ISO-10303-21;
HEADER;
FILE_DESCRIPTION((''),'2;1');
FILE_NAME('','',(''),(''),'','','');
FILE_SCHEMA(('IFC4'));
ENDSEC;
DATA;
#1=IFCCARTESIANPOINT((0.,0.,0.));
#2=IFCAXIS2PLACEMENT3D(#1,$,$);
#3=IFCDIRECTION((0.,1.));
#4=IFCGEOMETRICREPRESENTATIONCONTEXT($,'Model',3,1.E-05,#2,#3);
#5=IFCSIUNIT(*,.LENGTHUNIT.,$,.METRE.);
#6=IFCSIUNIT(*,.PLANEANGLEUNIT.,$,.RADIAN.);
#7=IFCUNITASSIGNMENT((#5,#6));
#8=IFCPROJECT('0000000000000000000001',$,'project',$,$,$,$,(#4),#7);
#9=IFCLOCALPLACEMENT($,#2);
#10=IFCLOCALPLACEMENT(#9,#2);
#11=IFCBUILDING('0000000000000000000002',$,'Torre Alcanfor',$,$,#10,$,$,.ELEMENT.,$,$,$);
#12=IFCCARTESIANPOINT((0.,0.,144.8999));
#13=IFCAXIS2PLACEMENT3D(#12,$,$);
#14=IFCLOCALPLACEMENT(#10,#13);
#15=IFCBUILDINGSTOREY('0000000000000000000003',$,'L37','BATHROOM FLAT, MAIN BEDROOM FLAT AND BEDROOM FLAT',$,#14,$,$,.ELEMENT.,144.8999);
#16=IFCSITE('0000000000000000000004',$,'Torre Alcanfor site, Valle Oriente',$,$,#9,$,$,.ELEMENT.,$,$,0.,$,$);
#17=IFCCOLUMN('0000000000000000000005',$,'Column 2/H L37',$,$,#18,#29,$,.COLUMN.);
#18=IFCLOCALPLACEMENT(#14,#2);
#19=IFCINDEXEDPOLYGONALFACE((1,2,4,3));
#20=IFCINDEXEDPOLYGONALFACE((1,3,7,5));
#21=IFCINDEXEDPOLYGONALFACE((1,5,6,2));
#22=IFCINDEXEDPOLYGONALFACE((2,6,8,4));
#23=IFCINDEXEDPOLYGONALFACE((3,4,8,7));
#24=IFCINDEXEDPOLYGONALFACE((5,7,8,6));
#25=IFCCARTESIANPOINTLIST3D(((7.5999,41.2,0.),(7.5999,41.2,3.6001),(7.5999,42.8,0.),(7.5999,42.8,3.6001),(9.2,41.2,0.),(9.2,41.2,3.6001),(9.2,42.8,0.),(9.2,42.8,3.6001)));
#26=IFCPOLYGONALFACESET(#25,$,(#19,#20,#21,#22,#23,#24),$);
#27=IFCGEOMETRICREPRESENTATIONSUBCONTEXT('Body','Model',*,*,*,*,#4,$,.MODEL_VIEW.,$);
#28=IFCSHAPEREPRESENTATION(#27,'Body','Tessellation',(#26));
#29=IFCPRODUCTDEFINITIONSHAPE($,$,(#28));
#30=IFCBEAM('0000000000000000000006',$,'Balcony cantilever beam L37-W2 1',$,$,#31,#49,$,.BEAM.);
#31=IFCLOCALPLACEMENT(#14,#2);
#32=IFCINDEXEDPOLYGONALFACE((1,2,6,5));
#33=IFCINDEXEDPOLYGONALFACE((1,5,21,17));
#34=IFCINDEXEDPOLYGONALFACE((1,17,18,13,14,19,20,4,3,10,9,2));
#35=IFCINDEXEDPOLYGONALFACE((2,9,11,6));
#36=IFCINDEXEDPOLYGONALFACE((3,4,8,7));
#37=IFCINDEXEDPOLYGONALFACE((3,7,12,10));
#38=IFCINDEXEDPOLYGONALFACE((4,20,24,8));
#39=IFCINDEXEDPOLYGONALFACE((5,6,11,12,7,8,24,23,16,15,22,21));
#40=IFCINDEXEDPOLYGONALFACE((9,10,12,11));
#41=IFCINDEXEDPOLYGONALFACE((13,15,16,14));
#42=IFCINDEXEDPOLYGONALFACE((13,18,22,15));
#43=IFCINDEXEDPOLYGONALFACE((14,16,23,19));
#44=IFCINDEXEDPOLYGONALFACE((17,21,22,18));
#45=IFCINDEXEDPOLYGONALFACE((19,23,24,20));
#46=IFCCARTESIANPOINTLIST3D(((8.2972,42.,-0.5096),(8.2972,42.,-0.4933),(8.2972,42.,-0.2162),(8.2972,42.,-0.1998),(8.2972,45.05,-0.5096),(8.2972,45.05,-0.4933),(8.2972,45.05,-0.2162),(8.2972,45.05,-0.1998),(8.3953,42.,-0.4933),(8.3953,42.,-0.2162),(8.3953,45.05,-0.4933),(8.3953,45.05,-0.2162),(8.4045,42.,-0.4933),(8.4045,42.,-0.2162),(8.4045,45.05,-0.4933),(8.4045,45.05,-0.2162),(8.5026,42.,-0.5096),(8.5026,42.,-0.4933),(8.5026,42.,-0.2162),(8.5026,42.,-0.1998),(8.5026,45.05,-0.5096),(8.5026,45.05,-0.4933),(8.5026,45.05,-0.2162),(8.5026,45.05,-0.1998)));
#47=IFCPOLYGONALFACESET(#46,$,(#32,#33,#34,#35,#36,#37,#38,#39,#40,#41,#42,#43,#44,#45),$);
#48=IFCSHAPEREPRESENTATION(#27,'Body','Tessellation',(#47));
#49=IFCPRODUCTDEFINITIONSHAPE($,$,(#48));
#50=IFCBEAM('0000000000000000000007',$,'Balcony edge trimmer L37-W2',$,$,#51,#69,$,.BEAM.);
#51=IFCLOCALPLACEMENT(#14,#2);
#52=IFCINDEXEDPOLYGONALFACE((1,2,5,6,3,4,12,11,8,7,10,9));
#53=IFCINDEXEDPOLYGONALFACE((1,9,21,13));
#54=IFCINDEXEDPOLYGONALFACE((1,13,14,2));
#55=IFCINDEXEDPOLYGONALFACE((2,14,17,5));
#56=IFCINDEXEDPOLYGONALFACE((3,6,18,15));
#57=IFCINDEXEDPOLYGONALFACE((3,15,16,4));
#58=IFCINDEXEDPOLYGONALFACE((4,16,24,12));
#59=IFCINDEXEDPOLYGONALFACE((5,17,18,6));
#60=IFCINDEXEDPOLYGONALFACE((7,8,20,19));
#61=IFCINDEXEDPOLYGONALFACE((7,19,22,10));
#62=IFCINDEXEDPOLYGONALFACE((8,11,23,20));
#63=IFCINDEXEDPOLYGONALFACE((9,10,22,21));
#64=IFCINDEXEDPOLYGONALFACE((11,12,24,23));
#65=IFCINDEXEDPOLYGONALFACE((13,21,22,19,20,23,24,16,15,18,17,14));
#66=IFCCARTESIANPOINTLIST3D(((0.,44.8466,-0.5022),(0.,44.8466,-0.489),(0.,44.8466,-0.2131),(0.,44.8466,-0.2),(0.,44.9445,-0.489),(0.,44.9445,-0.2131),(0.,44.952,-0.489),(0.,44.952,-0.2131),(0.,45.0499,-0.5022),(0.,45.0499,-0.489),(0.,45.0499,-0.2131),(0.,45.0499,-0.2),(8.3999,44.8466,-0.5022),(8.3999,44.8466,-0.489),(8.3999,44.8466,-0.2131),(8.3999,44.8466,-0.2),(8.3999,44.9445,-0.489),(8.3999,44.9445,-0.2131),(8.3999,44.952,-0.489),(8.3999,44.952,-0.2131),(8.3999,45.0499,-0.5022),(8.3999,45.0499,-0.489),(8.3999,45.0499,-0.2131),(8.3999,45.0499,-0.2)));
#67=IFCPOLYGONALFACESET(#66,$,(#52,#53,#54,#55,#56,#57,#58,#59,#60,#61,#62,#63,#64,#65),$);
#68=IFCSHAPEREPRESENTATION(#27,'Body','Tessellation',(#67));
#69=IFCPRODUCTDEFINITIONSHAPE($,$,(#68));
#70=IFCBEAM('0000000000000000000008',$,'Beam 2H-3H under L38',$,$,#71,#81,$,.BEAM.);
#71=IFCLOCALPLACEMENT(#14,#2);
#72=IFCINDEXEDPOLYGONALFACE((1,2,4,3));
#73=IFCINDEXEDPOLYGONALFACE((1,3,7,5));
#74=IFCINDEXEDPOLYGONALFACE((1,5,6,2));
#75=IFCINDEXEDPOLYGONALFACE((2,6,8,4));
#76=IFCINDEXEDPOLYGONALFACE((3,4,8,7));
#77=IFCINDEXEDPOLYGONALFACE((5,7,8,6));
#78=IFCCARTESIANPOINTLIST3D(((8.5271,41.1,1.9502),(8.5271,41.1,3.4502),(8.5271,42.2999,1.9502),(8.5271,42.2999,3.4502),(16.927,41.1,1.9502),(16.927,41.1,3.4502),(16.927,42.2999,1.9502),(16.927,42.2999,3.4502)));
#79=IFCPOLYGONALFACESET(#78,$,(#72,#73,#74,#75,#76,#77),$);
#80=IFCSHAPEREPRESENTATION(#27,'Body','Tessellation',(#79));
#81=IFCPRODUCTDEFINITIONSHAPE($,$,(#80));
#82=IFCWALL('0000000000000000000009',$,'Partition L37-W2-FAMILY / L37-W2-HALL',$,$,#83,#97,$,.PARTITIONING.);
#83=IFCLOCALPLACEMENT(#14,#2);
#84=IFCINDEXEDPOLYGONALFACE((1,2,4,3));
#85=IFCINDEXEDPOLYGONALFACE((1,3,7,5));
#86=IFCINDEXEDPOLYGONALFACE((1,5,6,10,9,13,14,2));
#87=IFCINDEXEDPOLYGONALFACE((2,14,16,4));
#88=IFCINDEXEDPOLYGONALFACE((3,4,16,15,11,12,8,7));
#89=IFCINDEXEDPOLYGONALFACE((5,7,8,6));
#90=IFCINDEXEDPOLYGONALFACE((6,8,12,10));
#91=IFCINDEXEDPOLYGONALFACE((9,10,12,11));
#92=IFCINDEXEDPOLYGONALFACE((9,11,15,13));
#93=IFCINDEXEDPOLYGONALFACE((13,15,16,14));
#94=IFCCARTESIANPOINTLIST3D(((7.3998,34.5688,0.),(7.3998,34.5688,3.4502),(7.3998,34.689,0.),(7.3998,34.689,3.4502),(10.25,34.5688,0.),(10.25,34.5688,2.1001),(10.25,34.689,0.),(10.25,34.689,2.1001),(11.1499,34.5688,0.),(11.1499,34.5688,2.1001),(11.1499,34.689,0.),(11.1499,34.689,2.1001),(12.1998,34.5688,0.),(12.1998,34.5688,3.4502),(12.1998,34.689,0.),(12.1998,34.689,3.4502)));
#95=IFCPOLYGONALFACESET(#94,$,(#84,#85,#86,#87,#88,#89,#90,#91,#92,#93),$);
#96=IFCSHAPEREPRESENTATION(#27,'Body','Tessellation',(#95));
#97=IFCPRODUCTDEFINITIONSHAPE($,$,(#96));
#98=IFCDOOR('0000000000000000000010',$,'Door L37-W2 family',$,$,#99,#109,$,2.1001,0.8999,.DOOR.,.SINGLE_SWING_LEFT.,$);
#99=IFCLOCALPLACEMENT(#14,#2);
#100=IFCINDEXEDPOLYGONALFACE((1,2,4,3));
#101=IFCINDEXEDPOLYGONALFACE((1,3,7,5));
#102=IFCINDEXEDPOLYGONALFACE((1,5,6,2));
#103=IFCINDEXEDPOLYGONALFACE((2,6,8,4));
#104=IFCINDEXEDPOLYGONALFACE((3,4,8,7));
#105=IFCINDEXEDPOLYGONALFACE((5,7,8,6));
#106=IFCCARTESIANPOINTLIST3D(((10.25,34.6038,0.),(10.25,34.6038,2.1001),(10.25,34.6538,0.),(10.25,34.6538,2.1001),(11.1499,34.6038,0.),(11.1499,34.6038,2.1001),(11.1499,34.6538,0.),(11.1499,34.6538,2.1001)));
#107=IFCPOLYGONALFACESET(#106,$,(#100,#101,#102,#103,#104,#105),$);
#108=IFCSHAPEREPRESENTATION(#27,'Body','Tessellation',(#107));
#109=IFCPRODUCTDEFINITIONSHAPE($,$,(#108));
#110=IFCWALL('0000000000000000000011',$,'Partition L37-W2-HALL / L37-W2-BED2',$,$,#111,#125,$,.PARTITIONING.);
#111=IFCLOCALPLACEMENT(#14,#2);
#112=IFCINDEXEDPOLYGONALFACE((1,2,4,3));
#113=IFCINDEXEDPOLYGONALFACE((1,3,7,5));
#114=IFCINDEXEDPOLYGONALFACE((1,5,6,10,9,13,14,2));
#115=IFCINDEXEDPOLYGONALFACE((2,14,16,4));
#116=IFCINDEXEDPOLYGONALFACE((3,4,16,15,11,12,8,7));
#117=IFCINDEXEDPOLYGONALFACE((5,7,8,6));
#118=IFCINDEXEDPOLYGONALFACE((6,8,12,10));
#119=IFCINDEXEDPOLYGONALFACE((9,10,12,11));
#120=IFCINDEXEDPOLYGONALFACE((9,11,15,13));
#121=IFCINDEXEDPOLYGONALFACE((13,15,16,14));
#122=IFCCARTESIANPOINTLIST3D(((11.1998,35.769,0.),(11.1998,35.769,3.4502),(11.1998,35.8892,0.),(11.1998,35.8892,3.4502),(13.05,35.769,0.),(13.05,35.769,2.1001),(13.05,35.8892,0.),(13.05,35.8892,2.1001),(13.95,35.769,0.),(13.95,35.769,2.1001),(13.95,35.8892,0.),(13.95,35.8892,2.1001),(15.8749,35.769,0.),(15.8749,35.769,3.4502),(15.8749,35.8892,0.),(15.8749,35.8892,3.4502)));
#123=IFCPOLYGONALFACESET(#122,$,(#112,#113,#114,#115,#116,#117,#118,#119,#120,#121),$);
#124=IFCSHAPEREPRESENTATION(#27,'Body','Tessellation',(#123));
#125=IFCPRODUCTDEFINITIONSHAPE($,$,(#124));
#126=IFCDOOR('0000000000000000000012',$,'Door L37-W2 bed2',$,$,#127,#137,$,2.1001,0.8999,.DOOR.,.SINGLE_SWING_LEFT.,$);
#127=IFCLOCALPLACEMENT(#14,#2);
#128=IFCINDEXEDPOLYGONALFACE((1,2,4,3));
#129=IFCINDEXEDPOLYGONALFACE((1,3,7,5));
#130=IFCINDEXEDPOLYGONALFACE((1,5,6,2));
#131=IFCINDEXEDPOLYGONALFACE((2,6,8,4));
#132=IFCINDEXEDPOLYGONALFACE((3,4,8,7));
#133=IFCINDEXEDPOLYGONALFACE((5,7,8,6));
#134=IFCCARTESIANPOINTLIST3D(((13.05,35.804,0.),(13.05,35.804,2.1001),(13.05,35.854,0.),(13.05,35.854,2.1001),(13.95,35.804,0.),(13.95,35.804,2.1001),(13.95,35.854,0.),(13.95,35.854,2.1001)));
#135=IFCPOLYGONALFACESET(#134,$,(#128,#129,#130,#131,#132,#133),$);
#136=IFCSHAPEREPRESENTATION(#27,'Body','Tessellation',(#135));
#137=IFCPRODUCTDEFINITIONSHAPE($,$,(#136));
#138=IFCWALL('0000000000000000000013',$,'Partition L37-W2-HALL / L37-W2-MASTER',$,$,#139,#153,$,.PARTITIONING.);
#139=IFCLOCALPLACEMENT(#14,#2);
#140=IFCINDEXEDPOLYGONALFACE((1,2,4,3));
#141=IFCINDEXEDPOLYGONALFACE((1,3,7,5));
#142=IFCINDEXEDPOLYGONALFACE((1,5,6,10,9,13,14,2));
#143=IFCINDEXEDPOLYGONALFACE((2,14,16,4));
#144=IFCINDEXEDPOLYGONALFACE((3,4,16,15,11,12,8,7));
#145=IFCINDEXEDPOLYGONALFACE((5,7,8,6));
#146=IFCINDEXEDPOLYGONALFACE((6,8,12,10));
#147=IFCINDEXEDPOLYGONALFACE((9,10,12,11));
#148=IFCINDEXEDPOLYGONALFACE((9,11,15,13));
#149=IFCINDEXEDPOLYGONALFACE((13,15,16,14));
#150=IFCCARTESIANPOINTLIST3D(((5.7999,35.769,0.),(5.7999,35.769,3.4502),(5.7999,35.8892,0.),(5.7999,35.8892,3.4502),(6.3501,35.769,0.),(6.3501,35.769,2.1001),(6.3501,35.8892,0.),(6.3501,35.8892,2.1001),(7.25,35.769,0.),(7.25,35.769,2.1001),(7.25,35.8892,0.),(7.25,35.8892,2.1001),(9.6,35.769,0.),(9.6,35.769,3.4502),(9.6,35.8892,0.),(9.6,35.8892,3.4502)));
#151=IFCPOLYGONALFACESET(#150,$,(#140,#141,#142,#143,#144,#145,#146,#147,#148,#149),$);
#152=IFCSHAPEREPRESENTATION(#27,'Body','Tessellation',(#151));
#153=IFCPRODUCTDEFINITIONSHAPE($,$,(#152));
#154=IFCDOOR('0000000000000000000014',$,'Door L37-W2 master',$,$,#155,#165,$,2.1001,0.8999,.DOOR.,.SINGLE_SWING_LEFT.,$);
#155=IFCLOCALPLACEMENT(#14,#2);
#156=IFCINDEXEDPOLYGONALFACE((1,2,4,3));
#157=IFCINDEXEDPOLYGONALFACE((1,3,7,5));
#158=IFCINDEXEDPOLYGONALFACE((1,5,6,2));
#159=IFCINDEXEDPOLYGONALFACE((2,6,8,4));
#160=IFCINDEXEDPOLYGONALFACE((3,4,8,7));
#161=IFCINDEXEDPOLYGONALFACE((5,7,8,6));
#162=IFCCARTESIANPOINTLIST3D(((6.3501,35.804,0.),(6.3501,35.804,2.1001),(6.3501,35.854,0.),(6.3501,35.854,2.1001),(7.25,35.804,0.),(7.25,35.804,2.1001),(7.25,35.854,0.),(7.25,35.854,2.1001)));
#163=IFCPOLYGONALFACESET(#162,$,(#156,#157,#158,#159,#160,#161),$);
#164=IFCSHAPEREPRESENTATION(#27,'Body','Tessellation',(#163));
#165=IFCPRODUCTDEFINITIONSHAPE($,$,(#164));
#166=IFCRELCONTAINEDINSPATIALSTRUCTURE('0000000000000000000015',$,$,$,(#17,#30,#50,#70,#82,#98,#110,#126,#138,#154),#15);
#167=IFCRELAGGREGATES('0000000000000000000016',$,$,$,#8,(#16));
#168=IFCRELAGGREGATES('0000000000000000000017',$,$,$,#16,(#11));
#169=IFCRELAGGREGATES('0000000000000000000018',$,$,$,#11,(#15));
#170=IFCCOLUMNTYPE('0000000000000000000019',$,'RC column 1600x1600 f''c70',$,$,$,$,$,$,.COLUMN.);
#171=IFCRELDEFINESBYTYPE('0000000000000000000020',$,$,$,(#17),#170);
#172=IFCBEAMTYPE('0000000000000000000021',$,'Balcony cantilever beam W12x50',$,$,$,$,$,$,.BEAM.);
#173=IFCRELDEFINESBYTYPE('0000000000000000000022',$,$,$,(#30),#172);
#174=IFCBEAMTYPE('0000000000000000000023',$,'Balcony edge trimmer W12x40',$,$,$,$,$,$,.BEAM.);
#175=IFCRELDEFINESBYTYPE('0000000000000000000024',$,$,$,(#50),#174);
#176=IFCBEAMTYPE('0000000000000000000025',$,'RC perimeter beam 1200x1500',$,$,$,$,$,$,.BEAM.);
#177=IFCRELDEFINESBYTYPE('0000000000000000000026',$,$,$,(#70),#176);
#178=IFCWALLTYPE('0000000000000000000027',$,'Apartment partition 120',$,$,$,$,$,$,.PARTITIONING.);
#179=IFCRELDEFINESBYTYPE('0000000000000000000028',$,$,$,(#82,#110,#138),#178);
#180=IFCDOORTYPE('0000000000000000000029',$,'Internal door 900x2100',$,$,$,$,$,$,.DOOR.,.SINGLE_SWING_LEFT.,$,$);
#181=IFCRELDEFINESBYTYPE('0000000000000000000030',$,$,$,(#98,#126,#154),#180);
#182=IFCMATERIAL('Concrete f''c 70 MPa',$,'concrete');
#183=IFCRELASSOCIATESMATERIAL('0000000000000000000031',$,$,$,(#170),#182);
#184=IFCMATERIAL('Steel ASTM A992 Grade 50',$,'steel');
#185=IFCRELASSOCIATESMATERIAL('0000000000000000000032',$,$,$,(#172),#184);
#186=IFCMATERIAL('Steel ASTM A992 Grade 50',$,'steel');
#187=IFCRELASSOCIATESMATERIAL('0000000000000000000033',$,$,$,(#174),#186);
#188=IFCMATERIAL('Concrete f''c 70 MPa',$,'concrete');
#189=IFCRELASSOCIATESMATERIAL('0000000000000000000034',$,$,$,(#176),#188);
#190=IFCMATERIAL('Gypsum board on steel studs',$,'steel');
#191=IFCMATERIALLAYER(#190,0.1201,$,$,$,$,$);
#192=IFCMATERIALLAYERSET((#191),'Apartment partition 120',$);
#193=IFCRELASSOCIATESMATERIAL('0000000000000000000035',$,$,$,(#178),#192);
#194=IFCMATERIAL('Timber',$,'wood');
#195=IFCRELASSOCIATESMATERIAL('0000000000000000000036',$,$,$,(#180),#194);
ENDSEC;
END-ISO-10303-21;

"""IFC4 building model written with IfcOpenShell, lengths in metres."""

from ifc_helpers import new_model, si_unit, direction, frame, frame_2d, origin, origin_2d, place, context, subcontext, project, spatial, rectangle, i_section, extrude, material, layer, layer_set, material_profile, profile_set, type_object, element, fill, save


model = new_model("IFC4")

# Units and contexts
model_context = context("Model", 3, precision=1e-05, world=origin(), true_north=direction((0.0, 1.0)))
body_context = subcontext(model_context, "Body", "Model", "MODEL_VIEW")
ifc_project = project(units=[si_unit("LENGTHUNIT", "METRE"), si_unit("PLANEANGLEUNIT", "RADIAN")], contexts=[model_context])

# Site, building, storey
site_placement = place(None, origin())
site = spatial("IfcSite", under=ifc_project, at=site_placement, Name="Torre Alcanfor site, Valle Oriente", CompositionType="ELEMENT", RefElevation=0.0)
building_placement = place(site_placement, origin())
building = spatial("IfcBuilding", under=site, at=building_placement, Name="Torre Alcanfor", CompositionType="ELEMENT")
storey_placement = place(building_placement, frame((0.0, 0.0, 144.8999)))
storey = spatial("IfcBuildingStorey", under=building, at=storey_placement, Name="L37", Description="BATHROOM FLAT, MAIN BEDROOM FLAT AND BEDROOM FLAT", CompositionType="ELEMENT", Elevation=144.8999)

# Column
ifc_material_1 = material(Name="Concrete f'c 70 MPa", Category="concrete")
ifc_material_profile_1 = material_profile(ifc_material_1, rectangle(XDim=1.6001, YDim=1.6001, at=origin_2d()), Name="1600x1600")
ifc_profile_set_1 = profile_set([ifc_material_profile_1], Name="Concrete f'c 70 MPa")
column_type = type_object("IfcColumnType", Name="RC column 1600x1600 f'c70", PredefinedType="COLUMN", material=ifc_profile_set_1)
column_placement = place(storey_placement, frame((8.3999, 42.0, 0.0), z_axis=(0.0, 0.0, 1.0), x_axis=(1.0, 0.0, 0.0)))
element("IfcColumn", 1, at=column_placement, inside=storey, type_object=column_type, Name="Column 2/H L37", PredefinedType="COLUMN", context=body_context, shape_type="SweptSolid", body=[
    extrude(rectangle(XDim=1.6001, YDim=1.6001, at=origin_2d()), origin(), (0.0, 0.0, 1.0), 3.6001),
])

# Beams
ifc_material_2 = material(Name="Steel ASTM A992 Grade 50", Category="steel")
ifc_material_profile_2 = material_profile(ifc_material_2, i_section(OverallWidth=0.2053, OverallDepth=0.3098, WebThickness=0.0093, FlangeThickness=0.0164, at=origin_2d()), Name="W12x50")
ifc_profile_set_2 = profile_set([ifc_material_profile_2], Name="Steel ASTM A992 Grade 50")
beam_type_1 = type_object("IfcBeamType", Name="Balcony cantilever beam W12x50", PredefinedType="BEAM", material=ifc_profile_set_2)
beam_1_placement = place(storey_placement, frame((8.3999, 42.0, -0.3547), z_axis=(0.0, 1.0, 0.0), x_axis=(-1.0, 0.0, 0.0)))
element("IfcBeam", 2, at=beam_1_placement, inside=storey, type_object=beam_type_1, Name="Balcony cantilever beam L37-W2 1", PredefinedType="BEAM", context=body_context, shape_type="SweptSolid", body=[
    extrude(i_section(OverallWidth=0.2053, OverallDepth=0.3098, WebThickness=0.0093, FlangeThickness=0.0164, at=origin_2d()), origin(), (0.0, 0.0, 1.0), 3.05),
])
ifc_material_3 = material(Name="Steel ASTM A992 Grade 50", Category="steel")
ifc_material_profile_3 = material_profile(ifc_material_3, i_section(OverallWidth=0.2034, OverallDepth=0.3022, WebThickness=0.0076, FlangeThickness=0.0132, at=origin_2d()), Name="W12x40")
ifc_profile_set_3 = profile_set([ifc_material_profile_3], Name="Steel ASTM A992 Grade 50")
beam_type_2 = type_object("IfcBeamType", Name="Balcony edge trimmer W12x40", PredefinedType="BEAM", material=ifc_profile_set_3)
beam_2_placement = place(storey_placement, frame((8.3999, 44.9482, -0.3511), z_axis=(-1.0, 0.0, 0.0), x_axis=(0.0, -1.0, 0.0)))
element("IfcBeam", 3, at=beam_2_placement, inside=storey, type_object=beam_type_2, Name="Balcony edge trimmer L37-W2", PredefinedType="BEAM", context=body_context, shape_type="SweptSolid", body=[
    extrude(i_section(OverallWidth=0.2034, OverallDepth=0.3022, WebThickness=0.0076, FlangeThickness=0.0132, at=origin_2d()), origin(), (0.0, 0.0, 1.0), 8.3999),
])
ifc_material_4 = material(Name="Concrete f'c 70 MPa", Category="concrete")
ifc_material_profile_4 = material_profile(ifc_material_4, rectangle(XDim=1.2, YDim=1.5, at=origin_2d()), Name="1200x1500")
ifc_profile_set_4 = profile_set([ifc_material_profile_4], Name="Concrete f'c 70 MPa")
beam_type_3 = type_object("IfcBeamType", Name="RC perimeter beam 1200x1500", PredefinedType="BEAM", material=ifc_profile_set_4)
beam_3_placement = place(storey_placement, frame((8.5271, 41.7, 2.7002), z_axis=(1.0, 0.0, 0.0), x_axis=(0.0, 1.0, 0.0)))
element("IfcBeam", 4, at=beam_3_placement, inside=storey, type_object=beam_type_3, Name="Beam 2H-3H under L38", PredefinedType="BEAM", context=body_context, shape_type="SweptSolid", body=[
    extrude(rectangle(XDim=1.2, YDim=1.5, at=origin_2d()), origin(), (0.0, 0.0, 1.0), 8.3999),
])

# Walls, openings, doors
ifc_material_5 = material(Name="Gypsum board on steel studs", Category="steel")
ifc_layer_1 = layer(ifc_material_5, 0.1201)
ifc_layer_set_1 = layer_set([ifc_layer_1], Name="Apartment partition 120")
wall_type_1 = type_object("IfcWallType", Name="Apartment partition 120", PredefinedType="PARTITIONING", material=ifc_layer_set_1)
wall_1_placement = place(storey_placement, frame((7.3999, 34.6289, 0.0), z_axis=(0.0, 0.0, 1.0), x_axis=(1.0, 0.0, 0.0)))
wall_1 = element("IfcWall", 5, at=wall_1_placement, inside=storey, type_object=wall_type_1, Name="Partition L37-W2-FAMILY / L37-W2-HALL", PredefinedType="PARTITIONING", context=body_context, shape_type="SweptSolid", body=[
    extrude(rectangle(XDim=4.8, YDim=0.1201, at=frame_2d((2.3999, 0.0))), origin(), (0.0, 0.0, 1.0), 3.4502),
])
opening_1_placement = place(wall_1_placement, frame((2.8501, 0.0, 0.0)))
opening_1 = element("IfcOpeningElement", 6, at=opening_1_placement, cuts=wall_1, PredefinedType="OPENING", context=body_context, shape_type="SweptSolid", body=[
    extrude(rectangle(XDim=0.8999, YDim=2.1001, at=frame_2d((0.45, 1.05))), frame((0.0, 0.0701, 0.0), z_axis=(0.0, -1.0, 0.0), x_axis=(1.0, 0.0, 0.0)), (0.0, 0.0, 1.0), 0.1401),
])
ifc_material_6 = material(Name="Timber", Category="wood")
door_type_1 = type_object("IfcDoorType", Name="Internal door 900x2100", OperationType="SINGLE_SWING_LEFT", PredefinedType="DOOR", material=ifc_material_6)
door_1_placement = place(opening_1_placement, frame((0.8999, 0.0, 0.0), z_axis=(0.0, 0.0, 1.0), x_axis=(-1.0, 0.0, 0.0)))
door_1 = element("IfcDoor", 7, at=door_1_placement, inside=storey, type_object=door_type_1, Name="Door L37-W2 family", OperationType="SINGLE_SWING_LEFT", OverallHeight=2.1001, OverallWidth=0.8999, PredefinedType="DOOR", context=body_context, shape_type="SweptSolid", body=[
    extrude(rectangle(XDim=0.8999, YDim=2.1001, at=frame_2d((0.45, 1.05))), frame((0.0, 0.0251, 0.0), z_axis=(0.0, -1.0, 0.0), x_axis=(1.0, 0.0, 0.0)), (0.0, 0.0, 1.0), 0.05),
])
fill(opening_1, door_1)
wall_2_placement = place(storey_placement, frame((11.2, 35.8291, 0.0), z_axis=(0.0, 0.0, 1.0), x_axis=(1.0, 0.0, 0.0)))
wall_2 = element("IfcWall", 8, at=wall_2_placement, inside=storey, type_object=wall_type_1, Name="Partition L37-W2-HALL / L37-W2-BED2", PredefinedType="PARTITIONING", context=body_context, shape_type="SweptSolid", body=[
    extrude(rectangle(XDim=4.675, YDim=0.1201, at=frame_2d((2.3374, 0.0))), origin(), (0.0, 0.0, 1.0), 3.4502),
])
opening_2_placement = place(wall_2_placement, frame((1.8501, 0.0, 0.0)))
opening_2 = element("IfcOpeningElement", 9, at=opening_2_placement, cuts=wall_2, PredefinedType="OPENING", context=body_context, shape_type="SweptSolid", body=[
    extrude(rectangle(XDim=0.8999, YDim=2.1001, at=frame_2d((0.45, 1.05))), frame((0.0, 0.0701, 0.0), z_axis=(0.0, -1.0, 0.0), x_axis=(1.0, 0.0, 0.0)), (0.0, 0.0, 1.0), 0.1401),
])
door_2_placement = place(opening_2_placement, origin())
door_2 = element("IfcDoor", 10, at=door_2_placement, inside=storey, type_object=door_type_1, Name="Door L37-W2 bed2", OperationType="SINGLE_SWING_LEFT", OverallHeight=2.1001, OverallWidth=0.8999, PredefinedType="DOOR", context=body_context, shape_type="SweptSolid", body=[
    extrude(rectangle(XDim=0.8999, YDim=2.1001, at=frame_2d((0.45, 1.05))), frame((0.0, 0.0249, 0.0), z_axis=(0.0, -1.0, 0.0), x_axis=(1.0, 0.0, 0.0)), (0.0, 0.0, 1.0), 0.05),
])
fill(opening_2, door_2)
wall_3_placement = place(storey_placement, frame((5.8, 35.8291, 0.0), z_axis=(0.0, 0.0, 1.0), x_axis=(1.0, 0.0, 0.0)))
wall_3 = element("IfcWall", 11, at=wall_3_placement, inside=storey, type_object=wall_type_1, Name="Partition L37-W2-HALL / L37-W2-MASTER", PredefinedType="PARTITIONING", context=body_context, shape_type="SweptSolid", body=[
    extrude(rectangle(XDim=3.8, YDim=0.1201, at=frame_2d((1.8999, 0.0))), origin(), (0.0, 0.0, 1.0), 3.4502),
])
opening_3_placement = place(wall_3_placement, frame((0.55, 0.0, 0.0)))
opening_3 = element("IfcOpeningElement", 12, at=opening_3_placement, cuts=wall_3, PredefinedType="OPENING", context=body_context, shape_type="SweptSolid", body=[
    extrude(rectangle(XDim=0.8999, YDim=2.1001, at=frame_2d((0.45, 1.05))), frame((0.0, 0.0701, 0.0), z_axis=(0.0, -1.0, 0.0), x_axis=(1.0, 0.0, 0.0)), (0.0, 0.0, 1.0), 0.1401),
])
door_3_placement = place(opening_3_placement, origin())
door_3 = element("IfcDoor", 13, at=door_3_placement, inside=storey, type_object=door_type_1, Name="Door L37-W2 master", OperationType="SINGLE_SWING_LEFT", OverallHeight=2.1001, OverallWidth=0.8999, PredefinedType="DOOR", context=body_context, shape_type="SweptSolid", body=[
    extrude(rectangle(XDim=0.8999, YDim=2.1001, at=frame_2d((0.45, 1.05))), frame((0.0, 0.0249, 0.0), z_axis=(0.0, -1.0, 0.0), x_axis=(1.0, 0.0, 0.0)), (0.0, 0.0, 1.0), 0.05),
])
fill(opening_3, door_3)

save(model, "model.ifc")
